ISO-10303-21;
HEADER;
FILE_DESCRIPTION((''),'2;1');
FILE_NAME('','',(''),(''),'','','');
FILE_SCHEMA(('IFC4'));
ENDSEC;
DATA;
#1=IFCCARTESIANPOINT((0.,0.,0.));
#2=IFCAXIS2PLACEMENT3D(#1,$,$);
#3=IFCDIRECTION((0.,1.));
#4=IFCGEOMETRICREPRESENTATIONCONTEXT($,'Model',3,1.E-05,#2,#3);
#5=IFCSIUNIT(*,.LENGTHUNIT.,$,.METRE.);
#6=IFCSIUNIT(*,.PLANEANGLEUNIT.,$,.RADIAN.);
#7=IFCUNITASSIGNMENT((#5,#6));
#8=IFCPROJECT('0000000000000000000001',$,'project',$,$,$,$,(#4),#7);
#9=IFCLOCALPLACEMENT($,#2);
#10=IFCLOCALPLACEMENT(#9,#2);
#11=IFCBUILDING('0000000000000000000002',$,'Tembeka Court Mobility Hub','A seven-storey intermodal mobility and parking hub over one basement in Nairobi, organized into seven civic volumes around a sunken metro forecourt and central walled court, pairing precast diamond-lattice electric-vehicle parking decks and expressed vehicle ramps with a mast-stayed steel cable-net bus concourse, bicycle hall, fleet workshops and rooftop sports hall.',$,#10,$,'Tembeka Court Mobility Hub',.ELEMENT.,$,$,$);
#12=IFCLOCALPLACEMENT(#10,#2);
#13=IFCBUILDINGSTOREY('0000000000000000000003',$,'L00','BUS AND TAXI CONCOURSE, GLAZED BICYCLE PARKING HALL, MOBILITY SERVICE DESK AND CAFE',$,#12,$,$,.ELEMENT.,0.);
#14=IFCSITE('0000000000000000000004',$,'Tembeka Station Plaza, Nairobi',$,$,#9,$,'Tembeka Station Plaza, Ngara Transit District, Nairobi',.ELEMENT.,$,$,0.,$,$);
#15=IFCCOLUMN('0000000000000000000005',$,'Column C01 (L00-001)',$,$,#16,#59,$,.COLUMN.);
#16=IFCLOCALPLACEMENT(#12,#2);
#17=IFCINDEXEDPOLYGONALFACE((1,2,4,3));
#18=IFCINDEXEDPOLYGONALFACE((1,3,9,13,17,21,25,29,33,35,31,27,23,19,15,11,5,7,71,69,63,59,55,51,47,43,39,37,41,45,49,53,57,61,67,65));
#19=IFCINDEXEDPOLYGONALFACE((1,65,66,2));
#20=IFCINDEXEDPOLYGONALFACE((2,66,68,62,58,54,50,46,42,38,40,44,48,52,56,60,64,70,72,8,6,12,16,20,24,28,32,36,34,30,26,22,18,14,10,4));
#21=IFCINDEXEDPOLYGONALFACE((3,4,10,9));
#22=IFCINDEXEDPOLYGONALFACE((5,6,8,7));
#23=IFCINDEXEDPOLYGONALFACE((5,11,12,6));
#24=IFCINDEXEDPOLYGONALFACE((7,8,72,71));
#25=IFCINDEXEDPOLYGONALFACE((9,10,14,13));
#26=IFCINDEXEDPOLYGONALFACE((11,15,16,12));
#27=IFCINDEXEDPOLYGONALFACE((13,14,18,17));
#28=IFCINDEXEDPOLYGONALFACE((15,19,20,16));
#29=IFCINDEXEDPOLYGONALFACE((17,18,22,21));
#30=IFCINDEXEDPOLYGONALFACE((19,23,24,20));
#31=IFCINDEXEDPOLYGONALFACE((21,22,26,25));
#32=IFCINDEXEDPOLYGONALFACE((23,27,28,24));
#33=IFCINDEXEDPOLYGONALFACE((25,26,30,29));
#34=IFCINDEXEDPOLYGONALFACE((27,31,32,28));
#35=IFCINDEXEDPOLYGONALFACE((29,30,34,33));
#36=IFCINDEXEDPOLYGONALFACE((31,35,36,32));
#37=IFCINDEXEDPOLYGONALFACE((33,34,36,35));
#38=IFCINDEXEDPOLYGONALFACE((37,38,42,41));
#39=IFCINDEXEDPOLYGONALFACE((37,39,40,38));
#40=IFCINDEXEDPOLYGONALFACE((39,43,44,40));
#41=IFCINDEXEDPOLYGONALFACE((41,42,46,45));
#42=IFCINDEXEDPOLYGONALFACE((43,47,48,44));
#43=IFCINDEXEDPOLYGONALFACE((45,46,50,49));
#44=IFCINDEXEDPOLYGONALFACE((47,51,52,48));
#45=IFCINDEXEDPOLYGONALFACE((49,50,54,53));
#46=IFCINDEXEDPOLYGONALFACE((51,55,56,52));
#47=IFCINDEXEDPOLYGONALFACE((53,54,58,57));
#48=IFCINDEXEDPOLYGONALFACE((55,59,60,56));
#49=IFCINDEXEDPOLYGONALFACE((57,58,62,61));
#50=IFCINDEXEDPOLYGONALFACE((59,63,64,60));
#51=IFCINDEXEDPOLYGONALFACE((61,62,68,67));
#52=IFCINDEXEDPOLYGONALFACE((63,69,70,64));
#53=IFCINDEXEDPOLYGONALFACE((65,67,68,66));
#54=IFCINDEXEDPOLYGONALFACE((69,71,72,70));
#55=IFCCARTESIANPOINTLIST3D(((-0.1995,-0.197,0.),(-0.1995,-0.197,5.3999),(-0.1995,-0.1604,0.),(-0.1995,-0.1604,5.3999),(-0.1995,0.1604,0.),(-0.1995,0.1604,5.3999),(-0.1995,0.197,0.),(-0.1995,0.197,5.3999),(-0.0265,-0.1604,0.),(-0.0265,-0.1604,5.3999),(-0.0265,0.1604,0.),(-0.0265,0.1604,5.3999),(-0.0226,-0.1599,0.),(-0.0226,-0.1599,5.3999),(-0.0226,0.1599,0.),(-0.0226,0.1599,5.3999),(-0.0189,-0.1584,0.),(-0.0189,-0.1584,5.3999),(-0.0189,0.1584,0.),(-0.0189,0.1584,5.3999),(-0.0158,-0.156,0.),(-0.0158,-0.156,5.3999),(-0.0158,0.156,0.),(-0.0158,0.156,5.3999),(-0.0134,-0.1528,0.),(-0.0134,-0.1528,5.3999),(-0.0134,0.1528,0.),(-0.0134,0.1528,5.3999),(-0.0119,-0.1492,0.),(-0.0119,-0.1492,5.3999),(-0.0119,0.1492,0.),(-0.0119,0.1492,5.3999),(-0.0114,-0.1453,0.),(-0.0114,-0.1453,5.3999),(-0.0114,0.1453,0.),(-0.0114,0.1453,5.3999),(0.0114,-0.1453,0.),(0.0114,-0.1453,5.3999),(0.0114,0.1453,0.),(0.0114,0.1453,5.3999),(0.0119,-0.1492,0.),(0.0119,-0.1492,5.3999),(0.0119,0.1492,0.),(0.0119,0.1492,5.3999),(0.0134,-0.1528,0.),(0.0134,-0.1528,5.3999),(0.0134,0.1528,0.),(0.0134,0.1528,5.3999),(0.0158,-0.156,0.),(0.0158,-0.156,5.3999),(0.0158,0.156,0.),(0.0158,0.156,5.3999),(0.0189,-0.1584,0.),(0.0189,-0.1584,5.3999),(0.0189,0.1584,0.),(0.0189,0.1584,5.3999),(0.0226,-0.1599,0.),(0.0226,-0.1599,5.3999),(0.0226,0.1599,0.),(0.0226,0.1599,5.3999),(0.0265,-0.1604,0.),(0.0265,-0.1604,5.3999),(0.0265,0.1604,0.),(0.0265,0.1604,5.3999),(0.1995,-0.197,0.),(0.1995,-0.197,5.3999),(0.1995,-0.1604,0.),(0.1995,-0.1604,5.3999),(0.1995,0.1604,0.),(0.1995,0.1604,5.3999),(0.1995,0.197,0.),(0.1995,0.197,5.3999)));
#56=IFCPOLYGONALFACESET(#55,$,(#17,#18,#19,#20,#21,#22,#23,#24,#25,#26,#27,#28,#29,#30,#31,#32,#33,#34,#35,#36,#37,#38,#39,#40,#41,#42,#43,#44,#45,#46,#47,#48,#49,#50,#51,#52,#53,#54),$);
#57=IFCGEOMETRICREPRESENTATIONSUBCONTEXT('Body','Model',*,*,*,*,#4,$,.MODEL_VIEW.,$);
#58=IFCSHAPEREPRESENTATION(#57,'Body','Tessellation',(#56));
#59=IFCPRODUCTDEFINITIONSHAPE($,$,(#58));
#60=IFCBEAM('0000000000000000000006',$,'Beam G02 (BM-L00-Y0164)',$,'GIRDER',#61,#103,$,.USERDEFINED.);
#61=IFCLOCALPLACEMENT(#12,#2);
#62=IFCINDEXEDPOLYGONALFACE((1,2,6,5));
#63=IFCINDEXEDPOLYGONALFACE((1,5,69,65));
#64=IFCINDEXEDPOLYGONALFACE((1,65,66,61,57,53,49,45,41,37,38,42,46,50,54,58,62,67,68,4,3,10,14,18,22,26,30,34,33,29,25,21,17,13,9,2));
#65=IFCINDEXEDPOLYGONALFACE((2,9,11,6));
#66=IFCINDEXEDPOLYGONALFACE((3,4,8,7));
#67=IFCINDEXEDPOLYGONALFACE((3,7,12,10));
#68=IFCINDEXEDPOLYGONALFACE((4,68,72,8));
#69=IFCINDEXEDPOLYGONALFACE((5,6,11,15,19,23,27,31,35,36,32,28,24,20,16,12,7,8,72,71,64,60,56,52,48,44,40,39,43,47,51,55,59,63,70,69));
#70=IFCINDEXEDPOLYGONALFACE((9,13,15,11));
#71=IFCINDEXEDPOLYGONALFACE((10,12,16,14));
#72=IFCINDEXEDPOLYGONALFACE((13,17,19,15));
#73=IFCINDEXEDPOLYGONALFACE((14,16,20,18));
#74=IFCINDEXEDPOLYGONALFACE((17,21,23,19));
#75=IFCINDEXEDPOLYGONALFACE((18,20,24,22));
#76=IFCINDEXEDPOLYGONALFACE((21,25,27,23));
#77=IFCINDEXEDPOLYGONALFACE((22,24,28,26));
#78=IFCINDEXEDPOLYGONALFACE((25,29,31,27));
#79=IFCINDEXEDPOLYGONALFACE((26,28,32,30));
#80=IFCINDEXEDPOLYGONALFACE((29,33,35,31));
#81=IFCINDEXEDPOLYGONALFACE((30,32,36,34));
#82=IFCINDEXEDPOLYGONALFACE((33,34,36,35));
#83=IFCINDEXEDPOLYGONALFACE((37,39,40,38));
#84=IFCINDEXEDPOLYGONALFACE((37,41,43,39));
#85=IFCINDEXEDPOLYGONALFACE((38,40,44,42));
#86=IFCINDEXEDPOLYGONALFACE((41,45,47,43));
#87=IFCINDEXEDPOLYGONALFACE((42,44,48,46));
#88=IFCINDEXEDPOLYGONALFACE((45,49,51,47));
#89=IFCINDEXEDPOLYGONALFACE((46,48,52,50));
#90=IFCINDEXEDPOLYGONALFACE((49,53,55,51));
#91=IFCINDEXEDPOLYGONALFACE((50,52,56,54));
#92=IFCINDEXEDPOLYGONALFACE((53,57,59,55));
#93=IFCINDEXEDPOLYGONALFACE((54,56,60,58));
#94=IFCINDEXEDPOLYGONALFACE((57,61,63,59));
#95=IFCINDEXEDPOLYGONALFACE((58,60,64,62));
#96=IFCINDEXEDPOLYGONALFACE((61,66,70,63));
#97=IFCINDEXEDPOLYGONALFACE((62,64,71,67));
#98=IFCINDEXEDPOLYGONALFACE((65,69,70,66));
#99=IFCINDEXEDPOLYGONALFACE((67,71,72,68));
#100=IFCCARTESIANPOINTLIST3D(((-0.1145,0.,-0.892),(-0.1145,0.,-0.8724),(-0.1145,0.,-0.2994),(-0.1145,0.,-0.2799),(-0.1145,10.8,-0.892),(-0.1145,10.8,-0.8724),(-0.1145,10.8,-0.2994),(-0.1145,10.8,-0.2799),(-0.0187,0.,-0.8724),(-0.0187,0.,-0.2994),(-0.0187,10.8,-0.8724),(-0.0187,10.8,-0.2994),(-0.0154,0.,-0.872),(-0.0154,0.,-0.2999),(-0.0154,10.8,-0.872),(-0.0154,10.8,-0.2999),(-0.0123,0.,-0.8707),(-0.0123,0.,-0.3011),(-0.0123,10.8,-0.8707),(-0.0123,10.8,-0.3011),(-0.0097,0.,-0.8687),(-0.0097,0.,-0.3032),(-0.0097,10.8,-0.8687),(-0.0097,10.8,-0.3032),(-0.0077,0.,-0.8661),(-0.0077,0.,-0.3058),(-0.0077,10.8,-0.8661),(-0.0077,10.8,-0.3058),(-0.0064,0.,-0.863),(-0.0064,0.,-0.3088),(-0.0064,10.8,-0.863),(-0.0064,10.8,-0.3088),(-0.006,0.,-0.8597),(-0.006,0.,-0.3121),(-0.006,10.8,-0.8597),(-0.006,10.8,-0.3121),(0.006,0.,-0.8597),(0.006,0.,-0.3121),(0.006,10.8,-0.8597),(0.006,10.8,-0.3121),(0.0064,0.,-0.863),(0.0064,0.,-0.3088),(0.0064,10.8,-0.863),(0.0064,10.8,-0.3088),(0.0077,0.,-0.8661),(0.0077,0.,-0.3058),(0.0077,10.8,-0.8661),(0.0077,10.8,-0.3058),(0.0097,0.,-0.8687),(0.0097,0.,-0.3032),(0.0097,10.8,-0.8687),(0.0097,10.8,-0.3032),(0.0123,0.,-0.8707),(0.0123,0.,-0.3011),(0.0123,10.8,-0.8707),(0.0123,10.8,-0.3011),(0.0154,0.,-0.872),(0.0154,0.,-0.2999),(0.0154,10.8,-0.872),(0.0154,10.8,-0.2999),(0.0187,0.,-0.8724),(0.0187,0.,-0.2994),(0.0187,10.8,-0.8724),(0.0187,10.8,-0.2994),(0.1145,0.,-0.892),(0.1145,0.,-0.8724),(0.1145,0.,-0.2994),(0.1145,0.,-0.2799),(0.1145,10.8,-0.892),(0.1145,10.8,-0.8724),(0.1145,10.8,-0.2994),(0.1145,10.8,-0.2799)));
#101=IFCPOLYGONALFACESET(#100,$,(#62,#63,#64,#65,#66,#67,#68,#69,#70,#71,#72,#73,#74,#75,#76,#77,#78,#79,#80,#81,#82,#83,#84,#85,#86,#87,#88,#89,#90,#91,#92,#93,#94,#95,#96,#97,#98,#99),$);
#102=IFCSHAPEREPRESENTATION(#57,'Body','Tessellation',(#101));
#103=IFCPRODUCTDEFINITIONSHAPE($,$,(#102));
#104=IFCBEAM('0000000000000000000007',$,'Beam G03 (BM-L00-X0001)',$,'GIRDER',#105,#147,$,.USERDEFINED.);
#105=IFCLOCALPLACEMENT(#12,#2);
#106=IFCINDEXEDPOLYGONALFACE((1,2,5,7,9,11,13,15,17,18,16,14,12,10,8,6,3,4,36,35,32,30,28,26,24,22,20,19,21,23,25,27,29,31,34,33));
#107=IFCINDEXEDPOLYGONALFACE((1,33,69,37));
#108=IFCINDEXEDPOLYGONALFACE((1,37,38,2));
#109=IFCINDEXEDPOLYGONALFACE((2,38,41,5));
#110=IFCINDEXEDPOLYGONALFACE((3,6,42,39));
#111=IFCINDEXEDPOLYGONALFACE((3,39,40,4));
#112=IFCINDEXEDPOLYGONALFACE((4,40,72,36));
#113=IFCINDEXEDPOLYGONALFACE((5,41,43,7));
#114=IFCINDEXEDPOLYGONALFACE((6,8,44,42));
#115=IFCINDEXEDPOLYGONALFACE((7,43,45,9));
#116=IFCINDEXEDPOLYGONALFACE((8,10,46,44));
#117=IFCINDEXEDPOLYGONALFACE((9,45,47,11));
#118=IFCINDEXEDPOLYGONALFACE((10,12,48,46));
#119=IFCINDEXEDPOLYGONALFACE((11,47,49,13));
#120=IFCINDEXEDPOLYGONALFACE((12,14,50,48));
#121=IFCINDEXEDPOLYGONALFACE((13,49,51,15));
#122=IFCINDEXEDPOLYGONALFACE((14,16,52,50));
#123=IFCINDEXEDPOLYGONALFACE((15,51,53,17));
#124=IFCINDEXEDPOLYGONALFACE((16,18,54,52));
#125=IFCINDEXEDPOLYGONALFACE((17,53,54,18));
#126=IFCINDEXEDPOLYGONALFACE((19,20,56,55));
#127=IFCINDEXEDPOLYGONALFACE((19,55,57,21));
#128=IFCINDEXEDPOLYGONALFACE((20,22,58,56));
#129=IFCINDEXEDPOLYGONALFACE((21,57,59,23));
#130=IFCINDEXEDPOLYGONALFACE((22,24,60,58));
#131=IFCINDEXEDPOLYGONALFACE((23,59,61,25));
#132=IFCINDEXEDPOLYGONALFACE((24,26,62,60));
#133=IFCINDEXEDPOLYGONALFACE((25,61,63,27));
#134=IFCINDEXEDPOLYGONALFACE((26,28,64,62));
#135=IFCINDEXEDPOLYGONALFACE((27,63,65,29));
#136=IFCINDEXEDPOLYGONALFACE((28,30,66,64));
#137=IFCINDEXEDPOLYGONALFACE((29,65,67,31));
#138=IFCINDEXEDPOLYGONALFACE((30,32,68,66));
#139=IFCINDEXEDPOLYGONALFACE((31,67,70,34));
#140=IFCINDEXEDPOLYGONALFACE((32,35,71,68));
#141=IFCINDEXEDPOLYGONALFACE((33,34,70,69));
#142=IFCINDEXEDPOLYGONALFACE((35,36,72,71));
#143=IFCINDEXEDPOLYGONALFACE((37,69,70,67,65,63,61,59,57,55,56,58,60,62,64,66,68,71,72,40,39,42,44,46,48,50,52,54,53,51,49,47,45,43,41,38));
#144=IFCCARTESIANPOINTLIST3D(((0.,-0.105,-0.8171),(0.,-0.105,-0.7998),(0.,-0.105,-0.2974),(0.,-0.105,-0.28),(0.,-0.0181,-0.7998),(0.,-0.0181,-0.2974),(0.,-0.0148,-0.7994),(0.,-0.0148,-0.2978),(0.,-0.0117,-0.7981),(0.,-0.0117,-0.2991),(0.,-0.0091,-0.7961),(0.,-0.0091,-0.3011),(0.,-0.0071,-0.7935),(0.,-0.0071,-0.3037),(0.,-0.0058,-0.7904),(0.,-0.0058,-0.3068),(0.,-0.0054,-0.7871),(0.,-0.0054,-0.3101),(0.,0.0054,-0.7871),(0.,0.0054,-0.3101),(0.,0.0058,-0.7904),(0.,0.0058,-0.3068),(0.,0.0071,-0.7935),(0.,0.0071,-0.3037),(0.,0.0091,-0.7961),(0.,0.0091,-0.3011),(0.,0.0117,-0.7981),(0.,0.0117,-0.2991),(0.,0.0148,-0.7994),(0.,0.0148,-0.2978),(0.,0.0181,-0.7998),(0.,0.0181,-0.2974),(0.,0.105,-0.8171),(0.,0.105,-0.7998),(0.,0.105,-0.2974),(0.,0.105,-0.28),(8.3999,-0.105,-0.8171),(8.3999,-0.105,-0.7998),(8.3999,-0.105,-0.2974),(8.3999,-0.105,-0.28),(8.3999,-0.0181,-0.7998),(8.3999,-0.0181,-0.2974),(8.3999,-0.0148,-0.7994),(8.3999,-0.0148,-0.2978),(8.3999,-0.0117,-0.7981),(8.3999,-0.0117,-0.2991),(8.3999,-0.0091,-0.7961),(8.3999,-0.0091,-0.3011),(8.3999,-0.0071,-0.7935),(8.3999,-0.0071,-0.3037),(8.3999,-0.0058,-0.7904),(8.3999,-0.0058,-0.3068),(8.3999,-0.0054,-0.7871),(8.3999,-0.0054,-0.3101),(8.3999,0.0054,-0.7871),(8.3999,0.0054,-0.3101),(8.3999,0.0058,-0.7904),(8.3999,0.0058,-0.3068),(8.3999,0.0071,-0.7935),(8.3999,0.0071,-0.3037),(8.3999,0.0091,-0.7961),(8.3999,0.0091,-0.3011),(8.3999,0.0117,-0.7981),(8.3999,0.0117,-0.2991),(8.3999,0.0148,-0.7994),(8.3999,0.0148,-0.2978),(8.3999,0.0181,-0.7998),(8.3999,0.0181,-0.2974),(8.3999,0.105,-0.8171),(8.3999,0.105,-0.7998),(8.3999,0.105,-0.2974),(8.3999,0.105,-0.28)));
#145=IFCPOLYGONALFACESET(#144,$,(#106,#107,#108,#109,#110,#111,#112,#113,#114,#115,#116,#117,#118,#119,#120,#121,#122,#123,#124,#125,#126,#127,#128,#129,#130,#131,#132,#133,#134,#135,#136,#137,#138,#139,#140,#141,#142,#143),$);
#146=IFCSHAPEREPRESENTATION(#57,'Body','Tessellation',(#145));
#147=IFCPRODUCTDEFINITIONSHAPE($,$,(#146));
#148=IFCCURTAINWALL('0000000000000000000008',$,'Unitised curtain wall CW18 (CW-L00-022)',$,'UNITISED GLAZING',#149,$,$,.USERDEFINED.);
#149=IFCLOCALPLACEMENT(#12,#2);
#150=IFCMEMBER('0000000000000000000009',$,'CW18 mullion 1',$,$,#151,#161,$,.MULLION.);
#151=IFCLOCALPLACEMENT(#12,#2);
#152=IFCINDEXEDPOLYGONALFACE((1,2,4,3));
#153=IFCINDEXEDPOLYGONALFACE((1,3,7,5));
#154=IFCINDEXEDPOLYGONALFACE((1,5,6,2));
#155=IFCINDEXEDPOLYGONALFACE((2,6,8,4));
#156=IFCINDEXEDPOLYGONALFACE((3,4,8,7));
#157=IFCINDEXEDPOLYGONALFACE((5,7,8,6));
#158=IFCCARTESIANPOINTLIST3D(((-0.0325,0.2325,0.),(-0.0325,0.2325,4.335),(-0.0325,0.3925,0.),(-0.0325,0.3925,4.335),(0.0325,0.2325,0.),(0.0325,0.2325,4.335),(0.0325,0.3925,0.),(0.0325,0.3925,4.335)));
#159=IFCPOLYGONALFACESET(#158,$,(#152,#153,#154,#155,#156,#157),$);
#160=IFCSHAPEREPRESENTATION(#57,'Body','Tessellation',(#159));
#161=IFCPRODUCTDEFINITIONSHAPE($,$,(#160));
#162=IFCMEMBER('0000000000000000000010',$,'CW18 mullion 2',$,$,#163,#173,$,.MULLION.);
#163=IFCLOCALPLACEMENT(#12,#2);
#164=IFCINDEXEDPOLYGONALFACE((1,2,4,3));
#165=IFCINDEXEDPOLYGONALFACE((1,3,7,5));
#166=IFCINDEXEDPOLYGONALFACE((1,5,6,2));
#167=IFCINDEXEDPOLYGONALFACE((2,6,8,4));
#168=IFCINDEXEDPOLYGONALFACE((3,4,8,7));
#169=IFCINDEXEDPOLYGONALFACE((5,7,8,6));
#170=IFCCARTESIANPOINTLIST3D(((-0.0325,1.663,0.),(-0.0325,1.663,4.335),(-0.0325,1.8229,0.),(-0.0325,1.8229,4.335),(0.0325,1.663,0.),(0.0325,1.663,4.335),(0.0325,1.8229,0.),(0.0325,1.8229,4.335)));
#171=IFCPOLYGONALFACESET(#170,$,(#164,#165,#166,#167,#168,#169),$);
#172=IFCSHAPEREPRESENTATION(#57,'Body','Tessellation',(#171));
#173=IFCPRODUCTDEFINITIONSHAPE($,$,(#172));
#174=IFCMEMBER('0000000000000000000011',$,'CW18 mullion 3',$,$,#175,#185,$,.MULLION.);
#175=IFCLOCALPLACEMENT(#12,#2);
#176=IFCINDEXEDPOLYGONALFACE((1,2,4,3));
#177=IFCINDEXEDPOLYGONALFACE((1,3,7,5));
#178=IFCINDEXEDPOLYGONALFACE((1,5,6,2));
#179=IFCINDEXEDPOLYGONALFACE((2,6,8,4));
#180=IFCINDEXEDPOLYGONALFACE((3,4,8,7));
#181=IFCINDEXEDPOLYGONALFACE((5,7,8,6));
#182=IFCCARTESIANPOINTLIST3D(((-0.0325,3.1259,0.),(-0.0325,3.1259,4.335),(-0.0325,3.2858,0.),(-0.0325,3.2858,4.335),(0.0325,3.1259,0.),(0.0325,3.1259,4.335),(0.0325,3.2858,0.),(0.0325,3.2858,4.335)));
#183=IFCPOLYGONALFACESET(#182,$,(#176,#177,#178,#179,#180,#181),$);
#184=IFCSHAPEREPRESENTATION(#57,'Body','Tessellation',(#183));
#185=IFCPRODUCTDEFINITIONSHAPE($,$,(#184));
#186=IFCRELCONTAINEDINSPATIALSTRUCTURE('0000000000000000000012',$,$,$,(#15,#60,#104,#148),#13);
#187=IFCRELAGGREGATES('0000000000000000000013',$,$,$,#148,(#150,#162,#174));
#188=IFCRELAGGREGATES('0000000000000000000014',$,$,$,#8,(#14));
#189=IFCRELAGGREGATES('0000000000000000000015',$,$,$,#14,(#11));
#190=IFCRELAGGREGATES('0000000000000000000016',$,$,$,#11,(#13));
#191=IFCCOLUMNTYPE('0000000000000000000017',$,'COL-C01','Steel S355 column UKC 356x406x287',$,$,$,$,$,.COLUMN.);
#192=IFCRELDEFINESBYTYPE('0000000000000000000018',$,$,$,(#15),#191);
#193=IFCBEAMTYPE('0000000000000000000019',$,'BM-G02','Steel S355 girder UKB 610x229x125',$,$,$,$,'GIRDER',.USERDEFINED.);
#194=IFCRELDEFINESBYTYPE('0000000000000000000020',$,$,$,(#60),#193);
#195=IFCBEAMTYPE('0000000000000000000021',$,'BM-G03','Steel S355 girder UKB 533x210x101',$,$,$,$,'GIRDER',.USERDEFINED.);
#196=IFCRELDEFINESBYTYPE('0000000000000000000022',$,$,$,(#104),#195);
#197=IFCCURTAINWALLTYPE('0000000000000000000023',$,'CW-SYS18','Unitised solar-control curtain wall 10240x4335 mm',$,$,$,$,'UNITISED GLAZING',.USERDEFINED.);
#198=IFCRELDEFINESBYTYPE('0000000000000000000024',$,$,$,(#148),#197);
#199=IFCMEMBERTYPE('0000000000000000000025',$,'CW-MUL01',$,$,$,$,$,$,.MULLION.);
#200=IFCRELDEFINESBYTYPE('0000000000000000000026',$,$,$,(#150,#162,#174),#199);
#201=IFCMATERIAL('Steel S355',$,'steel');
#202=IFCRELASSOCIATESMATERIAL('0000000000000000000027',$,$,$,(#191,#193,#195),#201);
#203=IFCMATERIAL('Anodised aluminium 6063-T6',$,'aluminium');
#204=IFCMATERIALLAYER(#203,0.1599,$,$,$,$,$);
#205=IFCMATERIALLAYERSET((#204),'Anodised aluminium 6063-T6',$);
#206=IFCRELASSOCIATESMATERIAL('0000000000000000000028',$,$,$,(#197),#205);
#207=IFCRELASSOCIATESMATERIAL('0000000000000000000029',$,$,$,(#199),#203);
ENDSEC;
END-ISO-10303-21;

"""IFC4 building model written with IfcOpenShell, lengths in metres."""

from ifc_helpers import new_model, si_unit, direction, frame, origin, origin_with_axes, origin_2d, place, context, subcontext, project, spatial, rectangle, i_section, extrude, material, layer, layer_set, material_profile, profile_set, type_object, element, aggregate, save


model = new_model("IFC4")

# Units and contexts
model_context = context("Model", 3, precision=1e-05, world=origin(), true_north=direction((0.0, 1.0)))
body_context = subcontext(model_context, "Body", "Model", "MODEL_VIEW")
ifc_project = project(units=[si_unit("LENGTHUNIT", "METRE"), si_unit("PLANEANGLEUNIT", "RADIAN")], contexts=[model_context])

# Site, building, storey
site_placement = place(None, origin())
site = spatial("IfcSite", under=ifc_project, at=site_placement, Name="Tembeka Station Plaza, Nairobi", LongName="Tembeka Station Plaza, Ngara Transit District, Nairobi", CompositionType="ELEMENT", RefElevation=0.0)
building_placement = place(site_placement, origin())
building = spatial("IfcBuilding", under=site, at=building_placement, Name="Tembeka Court Mobility Hub", Description="A seven-storey intermodal mobility and parking hub over one basement in Nairobi, organized into seven civic volumes around a sunken metro forecourt and central walled court, pairing precast diamond-lattice electric-vehicle parking decks and expressed vehicle ramps with a mast-stayed steel cable-net bus concourse, bicycle hall, fleet workshops and rooftop sports hall.", LongName="Tembeka Court Mobility Hub", CompositionType="ELEMENT")
storey_placement = place(building_placement, origin())
storey = spatial("IfcBuildingStorey", under=building, at=storey_placement, Name="L00", Description="BUS AND TAXI CONCOURSE, GLAZED BICYCLE PARKING HALL, MOBILITY SERVICE DESK AND CAFE", CompositionType="ELEMENT", Elevation=0.0)

# Column
ifc_material_1 = material(Name="Steel S355", Category="steel")
ifc_material_profile_1 = material_profile(ifc_material_1, i_section(OverallWidth=0.3989, OverallDepth=0.394, WebThickness=0.0227, FlangeThickness=0.0366, FilletRadius=0.0151, at=origin_2d()), Name="UKC 356x406x287")
ifc_profile_set_1 = profile_set([ifc_material_profile_1], Name="Steel S355")
column_type = type_object("IfcColumnType", Name="COL-C01", Description="Steel S355 column UKC 356x406x287", PredefinedType="COLUMN", material=ifc_profile_set_1)
column_placement = place(storey_placement, origin_with_axes())
element("IfcColumn", 1, at=column_placement, inside=storey, type_object=column_type, Name="Column C01 (L00-001)", PredefinedType="COLUMN", context=body_context, shape_type="SweptSolid", body=[
    extrude(i_section(OverallWidth=0.3989, OverallDepth=0.394, WebThickness=0.0227, FlangeThickness=0.0366, FilletRadius=0.0151, at=origin_2d()), origin(), (0.0, 0.0, 1.0), 5.3999),
])

# Beams
ifc_material_profile_2 = material_profile(ifc_material_1, i_section(OverallWidth=0.229, OverallDepth=0.6121, WebThickness=0.012, FlangeThickness=0.0195, FilletRadius=0.0127, at=origin_2d()), Name="UKB 610x229x125")
ifc_profile_set_2 = profile_set([ifc_material_profile_2], Name="Steel S355")
beam_type_1 = type_object("IfcBeamType", Name="BM-G02", Description="Steel S355 girder UKB 610x229x125", ElementType="GIRDER", PredefinedType="USERDEFINED", material=ifc_profile_set_2)
beam_1_placement = place(storey_placement, frame((0.0, 0.0, -0.5859), z_axis=(0.0, 1.0, 0.0), x_axis=(-1.0, 0.0, 0.0)))
element("IfcBeam", 2, at=beam_1_placement, inside=storey, type_object=beam_type_1, Name="Beam G02 (BM-L00-Y0164)", ObjectType="GIRDER", PredefinedType="USERDEFINED", context=body_context, shape_type="SweptSolid", body=[
    extrude(i_section(OverallWidth=0.229, OverallDepth=0.6121, WebThickness=0.012, FlangeThickness=0.0195, FilletRadius=0.0127, at=origin_2d()), origin(), (0.0, 0.0, 1.0), 10.8),
])
ifc_material_profile_3 = material_profile(ifc_material_1, i_section(OverallWidth=0.21, OverallDepth=0.5371, WebThickness=0.0107, FlangeThickness=0.0173, FilletRadius=0.0127, at=origin_2d()), Name="UKB 533x210x101")
ifc_profile_set_3 = profile_set([ifc_material_profile_3], Name="Steel S355")
beam_type_2 = type_object("IfcBeamType", Name="BM-G03", Description="Steel S355 girder UKB 533x210x101", ElementType="GIRDER", PredefinedType="USERDEFINED", material=ifc_profile_set_3)
beam_2_placement = place(storey_placement, frame((0.0, 0.0, -0.5486), z_axis=(1.0, 0.0, 0.0), x_axis=(0.0, 1.0, 0.0)))
element("IfcBeam", 3, at=beam_2_placement, inside=storey, type_object=beam_type_2, Name="Beam G03 (BM-L00-X0001)", ObjectType="GIRDER", PredefinedType="USERDEFINED", context=body_context, shape_type="SweptSolid", body=[
    extrude(i_section(OverallWidth=0.21, OverallDepth=0.5371, WebThickness=0.0107, FlangeThickness=0.0173, FilletRadius=0.0127, at=origin_2d()), origin(), (0.0, 0.0, 1.0), 8.3999),
])

# Curtain wall, members
ifc_material_2 = material(Name="Anodised aluminium 6063-T6", Category="aluminium")
ifc_layer_1 = layer(ifc_material_2, 0.1599)
ifc_layer_set_1 = layer_set([ifc_layer_1], Name="Anodised aluminium 6063-T6")
curtain_wall_type = type_object("IfcCurtainWallType", Name="CW-SYS18", Description="Unitised solar-control curtain wall 10240x4335 mm", ElementType="UNITISED GLAZING", PredefinedType="USERDEFINED", material=ifc_layer_set_1)
curtain_wall_placement = place(storey_placement, origin())
curtain_wall = element("IfcCurtainWall", 4, at=curtain_wall_placement, inside=storey, type_object=curtain_wall_type, Name="Unitised curtain wall CW18 (CW-L00-022)", ObjectType="UNITISED GLAZING", PredefinedType="USERDEFINED")
ifc_material_profile_4 = material_profile(ifc_material_2, rectangle(XDim=0.0649, YDim=0.1599, at=origin_2d()), Name="ALU-MUL 65x160")
ifc_profile_set_4 = profile_set([ifc_material_profile_4], Name="Anodised aluminium 6063-T6")
member_type_1 = type_object("IfcMemberType", Name="CW-MUL01", PredefinedType="MULLION", material=ifc_profile_set_4)
member_1_placement = place(storey_placement, frame((0.0, 0.3125, 0.0), z_axis=(0.0, 0.0, 1.0), x_axis=(-1.0, 0.0, 0.0)))
member_1 = element("IfcMember", 5, at=member_1_placement, type_object=member_type_1, Name="CW18 mullion 1", PredefinedType="MULLION", context=body_context, shape_type="SweptSolid", body=[
    extrude(rectangle(XDim=0.0649, YDim=0.1599, at=origin_2d()), origin(), (0.0, 0.0, 1.0), 4.335),
])
member_2_placement = place(storey_placement, frame((0.0, 1.7429, 0.0), z_axis=(0.0, 0.0, 1.0), x_axis=(-1.0, 0.0, 0.0)))
member_2 = element("IfcMember", 6, at=member_2_placement, type_object=member_type_1, Name="CW18 mullion 2", PredefinedType="MULLION", context=body_context, shape_type="SweptSolid", body=[
    extrude(rectangle(XDim=0.0649, YDim=0.1599, at=origin_2d()), origin(), (0.0, 0.0, 1.0), 4.335),
])
member_3_placement = place(storey_placement, frame((0.0, 3.2058, 0.0), z_axis=(0.0, 0.0, 1.0), x_axis=(-1.0, 0.0, 0.0)))
member_3 = element("IfcMember", 7, at=member_3_placement, type_object=member_type_1, Name="CW18 mullion 3", PredefinedType="MULLION", context=body_context, shape_type="SweptSolid", body=[
    extrude(rectangle(XDim=0.0649, YDim=0.1599, at=origin_2d()), origin(), (0.0, 0.0, 1.0), 4.335),
])
aggregate(curtain_wall, [member_1, member_2, member_3])

save(model, "model.ifc")
